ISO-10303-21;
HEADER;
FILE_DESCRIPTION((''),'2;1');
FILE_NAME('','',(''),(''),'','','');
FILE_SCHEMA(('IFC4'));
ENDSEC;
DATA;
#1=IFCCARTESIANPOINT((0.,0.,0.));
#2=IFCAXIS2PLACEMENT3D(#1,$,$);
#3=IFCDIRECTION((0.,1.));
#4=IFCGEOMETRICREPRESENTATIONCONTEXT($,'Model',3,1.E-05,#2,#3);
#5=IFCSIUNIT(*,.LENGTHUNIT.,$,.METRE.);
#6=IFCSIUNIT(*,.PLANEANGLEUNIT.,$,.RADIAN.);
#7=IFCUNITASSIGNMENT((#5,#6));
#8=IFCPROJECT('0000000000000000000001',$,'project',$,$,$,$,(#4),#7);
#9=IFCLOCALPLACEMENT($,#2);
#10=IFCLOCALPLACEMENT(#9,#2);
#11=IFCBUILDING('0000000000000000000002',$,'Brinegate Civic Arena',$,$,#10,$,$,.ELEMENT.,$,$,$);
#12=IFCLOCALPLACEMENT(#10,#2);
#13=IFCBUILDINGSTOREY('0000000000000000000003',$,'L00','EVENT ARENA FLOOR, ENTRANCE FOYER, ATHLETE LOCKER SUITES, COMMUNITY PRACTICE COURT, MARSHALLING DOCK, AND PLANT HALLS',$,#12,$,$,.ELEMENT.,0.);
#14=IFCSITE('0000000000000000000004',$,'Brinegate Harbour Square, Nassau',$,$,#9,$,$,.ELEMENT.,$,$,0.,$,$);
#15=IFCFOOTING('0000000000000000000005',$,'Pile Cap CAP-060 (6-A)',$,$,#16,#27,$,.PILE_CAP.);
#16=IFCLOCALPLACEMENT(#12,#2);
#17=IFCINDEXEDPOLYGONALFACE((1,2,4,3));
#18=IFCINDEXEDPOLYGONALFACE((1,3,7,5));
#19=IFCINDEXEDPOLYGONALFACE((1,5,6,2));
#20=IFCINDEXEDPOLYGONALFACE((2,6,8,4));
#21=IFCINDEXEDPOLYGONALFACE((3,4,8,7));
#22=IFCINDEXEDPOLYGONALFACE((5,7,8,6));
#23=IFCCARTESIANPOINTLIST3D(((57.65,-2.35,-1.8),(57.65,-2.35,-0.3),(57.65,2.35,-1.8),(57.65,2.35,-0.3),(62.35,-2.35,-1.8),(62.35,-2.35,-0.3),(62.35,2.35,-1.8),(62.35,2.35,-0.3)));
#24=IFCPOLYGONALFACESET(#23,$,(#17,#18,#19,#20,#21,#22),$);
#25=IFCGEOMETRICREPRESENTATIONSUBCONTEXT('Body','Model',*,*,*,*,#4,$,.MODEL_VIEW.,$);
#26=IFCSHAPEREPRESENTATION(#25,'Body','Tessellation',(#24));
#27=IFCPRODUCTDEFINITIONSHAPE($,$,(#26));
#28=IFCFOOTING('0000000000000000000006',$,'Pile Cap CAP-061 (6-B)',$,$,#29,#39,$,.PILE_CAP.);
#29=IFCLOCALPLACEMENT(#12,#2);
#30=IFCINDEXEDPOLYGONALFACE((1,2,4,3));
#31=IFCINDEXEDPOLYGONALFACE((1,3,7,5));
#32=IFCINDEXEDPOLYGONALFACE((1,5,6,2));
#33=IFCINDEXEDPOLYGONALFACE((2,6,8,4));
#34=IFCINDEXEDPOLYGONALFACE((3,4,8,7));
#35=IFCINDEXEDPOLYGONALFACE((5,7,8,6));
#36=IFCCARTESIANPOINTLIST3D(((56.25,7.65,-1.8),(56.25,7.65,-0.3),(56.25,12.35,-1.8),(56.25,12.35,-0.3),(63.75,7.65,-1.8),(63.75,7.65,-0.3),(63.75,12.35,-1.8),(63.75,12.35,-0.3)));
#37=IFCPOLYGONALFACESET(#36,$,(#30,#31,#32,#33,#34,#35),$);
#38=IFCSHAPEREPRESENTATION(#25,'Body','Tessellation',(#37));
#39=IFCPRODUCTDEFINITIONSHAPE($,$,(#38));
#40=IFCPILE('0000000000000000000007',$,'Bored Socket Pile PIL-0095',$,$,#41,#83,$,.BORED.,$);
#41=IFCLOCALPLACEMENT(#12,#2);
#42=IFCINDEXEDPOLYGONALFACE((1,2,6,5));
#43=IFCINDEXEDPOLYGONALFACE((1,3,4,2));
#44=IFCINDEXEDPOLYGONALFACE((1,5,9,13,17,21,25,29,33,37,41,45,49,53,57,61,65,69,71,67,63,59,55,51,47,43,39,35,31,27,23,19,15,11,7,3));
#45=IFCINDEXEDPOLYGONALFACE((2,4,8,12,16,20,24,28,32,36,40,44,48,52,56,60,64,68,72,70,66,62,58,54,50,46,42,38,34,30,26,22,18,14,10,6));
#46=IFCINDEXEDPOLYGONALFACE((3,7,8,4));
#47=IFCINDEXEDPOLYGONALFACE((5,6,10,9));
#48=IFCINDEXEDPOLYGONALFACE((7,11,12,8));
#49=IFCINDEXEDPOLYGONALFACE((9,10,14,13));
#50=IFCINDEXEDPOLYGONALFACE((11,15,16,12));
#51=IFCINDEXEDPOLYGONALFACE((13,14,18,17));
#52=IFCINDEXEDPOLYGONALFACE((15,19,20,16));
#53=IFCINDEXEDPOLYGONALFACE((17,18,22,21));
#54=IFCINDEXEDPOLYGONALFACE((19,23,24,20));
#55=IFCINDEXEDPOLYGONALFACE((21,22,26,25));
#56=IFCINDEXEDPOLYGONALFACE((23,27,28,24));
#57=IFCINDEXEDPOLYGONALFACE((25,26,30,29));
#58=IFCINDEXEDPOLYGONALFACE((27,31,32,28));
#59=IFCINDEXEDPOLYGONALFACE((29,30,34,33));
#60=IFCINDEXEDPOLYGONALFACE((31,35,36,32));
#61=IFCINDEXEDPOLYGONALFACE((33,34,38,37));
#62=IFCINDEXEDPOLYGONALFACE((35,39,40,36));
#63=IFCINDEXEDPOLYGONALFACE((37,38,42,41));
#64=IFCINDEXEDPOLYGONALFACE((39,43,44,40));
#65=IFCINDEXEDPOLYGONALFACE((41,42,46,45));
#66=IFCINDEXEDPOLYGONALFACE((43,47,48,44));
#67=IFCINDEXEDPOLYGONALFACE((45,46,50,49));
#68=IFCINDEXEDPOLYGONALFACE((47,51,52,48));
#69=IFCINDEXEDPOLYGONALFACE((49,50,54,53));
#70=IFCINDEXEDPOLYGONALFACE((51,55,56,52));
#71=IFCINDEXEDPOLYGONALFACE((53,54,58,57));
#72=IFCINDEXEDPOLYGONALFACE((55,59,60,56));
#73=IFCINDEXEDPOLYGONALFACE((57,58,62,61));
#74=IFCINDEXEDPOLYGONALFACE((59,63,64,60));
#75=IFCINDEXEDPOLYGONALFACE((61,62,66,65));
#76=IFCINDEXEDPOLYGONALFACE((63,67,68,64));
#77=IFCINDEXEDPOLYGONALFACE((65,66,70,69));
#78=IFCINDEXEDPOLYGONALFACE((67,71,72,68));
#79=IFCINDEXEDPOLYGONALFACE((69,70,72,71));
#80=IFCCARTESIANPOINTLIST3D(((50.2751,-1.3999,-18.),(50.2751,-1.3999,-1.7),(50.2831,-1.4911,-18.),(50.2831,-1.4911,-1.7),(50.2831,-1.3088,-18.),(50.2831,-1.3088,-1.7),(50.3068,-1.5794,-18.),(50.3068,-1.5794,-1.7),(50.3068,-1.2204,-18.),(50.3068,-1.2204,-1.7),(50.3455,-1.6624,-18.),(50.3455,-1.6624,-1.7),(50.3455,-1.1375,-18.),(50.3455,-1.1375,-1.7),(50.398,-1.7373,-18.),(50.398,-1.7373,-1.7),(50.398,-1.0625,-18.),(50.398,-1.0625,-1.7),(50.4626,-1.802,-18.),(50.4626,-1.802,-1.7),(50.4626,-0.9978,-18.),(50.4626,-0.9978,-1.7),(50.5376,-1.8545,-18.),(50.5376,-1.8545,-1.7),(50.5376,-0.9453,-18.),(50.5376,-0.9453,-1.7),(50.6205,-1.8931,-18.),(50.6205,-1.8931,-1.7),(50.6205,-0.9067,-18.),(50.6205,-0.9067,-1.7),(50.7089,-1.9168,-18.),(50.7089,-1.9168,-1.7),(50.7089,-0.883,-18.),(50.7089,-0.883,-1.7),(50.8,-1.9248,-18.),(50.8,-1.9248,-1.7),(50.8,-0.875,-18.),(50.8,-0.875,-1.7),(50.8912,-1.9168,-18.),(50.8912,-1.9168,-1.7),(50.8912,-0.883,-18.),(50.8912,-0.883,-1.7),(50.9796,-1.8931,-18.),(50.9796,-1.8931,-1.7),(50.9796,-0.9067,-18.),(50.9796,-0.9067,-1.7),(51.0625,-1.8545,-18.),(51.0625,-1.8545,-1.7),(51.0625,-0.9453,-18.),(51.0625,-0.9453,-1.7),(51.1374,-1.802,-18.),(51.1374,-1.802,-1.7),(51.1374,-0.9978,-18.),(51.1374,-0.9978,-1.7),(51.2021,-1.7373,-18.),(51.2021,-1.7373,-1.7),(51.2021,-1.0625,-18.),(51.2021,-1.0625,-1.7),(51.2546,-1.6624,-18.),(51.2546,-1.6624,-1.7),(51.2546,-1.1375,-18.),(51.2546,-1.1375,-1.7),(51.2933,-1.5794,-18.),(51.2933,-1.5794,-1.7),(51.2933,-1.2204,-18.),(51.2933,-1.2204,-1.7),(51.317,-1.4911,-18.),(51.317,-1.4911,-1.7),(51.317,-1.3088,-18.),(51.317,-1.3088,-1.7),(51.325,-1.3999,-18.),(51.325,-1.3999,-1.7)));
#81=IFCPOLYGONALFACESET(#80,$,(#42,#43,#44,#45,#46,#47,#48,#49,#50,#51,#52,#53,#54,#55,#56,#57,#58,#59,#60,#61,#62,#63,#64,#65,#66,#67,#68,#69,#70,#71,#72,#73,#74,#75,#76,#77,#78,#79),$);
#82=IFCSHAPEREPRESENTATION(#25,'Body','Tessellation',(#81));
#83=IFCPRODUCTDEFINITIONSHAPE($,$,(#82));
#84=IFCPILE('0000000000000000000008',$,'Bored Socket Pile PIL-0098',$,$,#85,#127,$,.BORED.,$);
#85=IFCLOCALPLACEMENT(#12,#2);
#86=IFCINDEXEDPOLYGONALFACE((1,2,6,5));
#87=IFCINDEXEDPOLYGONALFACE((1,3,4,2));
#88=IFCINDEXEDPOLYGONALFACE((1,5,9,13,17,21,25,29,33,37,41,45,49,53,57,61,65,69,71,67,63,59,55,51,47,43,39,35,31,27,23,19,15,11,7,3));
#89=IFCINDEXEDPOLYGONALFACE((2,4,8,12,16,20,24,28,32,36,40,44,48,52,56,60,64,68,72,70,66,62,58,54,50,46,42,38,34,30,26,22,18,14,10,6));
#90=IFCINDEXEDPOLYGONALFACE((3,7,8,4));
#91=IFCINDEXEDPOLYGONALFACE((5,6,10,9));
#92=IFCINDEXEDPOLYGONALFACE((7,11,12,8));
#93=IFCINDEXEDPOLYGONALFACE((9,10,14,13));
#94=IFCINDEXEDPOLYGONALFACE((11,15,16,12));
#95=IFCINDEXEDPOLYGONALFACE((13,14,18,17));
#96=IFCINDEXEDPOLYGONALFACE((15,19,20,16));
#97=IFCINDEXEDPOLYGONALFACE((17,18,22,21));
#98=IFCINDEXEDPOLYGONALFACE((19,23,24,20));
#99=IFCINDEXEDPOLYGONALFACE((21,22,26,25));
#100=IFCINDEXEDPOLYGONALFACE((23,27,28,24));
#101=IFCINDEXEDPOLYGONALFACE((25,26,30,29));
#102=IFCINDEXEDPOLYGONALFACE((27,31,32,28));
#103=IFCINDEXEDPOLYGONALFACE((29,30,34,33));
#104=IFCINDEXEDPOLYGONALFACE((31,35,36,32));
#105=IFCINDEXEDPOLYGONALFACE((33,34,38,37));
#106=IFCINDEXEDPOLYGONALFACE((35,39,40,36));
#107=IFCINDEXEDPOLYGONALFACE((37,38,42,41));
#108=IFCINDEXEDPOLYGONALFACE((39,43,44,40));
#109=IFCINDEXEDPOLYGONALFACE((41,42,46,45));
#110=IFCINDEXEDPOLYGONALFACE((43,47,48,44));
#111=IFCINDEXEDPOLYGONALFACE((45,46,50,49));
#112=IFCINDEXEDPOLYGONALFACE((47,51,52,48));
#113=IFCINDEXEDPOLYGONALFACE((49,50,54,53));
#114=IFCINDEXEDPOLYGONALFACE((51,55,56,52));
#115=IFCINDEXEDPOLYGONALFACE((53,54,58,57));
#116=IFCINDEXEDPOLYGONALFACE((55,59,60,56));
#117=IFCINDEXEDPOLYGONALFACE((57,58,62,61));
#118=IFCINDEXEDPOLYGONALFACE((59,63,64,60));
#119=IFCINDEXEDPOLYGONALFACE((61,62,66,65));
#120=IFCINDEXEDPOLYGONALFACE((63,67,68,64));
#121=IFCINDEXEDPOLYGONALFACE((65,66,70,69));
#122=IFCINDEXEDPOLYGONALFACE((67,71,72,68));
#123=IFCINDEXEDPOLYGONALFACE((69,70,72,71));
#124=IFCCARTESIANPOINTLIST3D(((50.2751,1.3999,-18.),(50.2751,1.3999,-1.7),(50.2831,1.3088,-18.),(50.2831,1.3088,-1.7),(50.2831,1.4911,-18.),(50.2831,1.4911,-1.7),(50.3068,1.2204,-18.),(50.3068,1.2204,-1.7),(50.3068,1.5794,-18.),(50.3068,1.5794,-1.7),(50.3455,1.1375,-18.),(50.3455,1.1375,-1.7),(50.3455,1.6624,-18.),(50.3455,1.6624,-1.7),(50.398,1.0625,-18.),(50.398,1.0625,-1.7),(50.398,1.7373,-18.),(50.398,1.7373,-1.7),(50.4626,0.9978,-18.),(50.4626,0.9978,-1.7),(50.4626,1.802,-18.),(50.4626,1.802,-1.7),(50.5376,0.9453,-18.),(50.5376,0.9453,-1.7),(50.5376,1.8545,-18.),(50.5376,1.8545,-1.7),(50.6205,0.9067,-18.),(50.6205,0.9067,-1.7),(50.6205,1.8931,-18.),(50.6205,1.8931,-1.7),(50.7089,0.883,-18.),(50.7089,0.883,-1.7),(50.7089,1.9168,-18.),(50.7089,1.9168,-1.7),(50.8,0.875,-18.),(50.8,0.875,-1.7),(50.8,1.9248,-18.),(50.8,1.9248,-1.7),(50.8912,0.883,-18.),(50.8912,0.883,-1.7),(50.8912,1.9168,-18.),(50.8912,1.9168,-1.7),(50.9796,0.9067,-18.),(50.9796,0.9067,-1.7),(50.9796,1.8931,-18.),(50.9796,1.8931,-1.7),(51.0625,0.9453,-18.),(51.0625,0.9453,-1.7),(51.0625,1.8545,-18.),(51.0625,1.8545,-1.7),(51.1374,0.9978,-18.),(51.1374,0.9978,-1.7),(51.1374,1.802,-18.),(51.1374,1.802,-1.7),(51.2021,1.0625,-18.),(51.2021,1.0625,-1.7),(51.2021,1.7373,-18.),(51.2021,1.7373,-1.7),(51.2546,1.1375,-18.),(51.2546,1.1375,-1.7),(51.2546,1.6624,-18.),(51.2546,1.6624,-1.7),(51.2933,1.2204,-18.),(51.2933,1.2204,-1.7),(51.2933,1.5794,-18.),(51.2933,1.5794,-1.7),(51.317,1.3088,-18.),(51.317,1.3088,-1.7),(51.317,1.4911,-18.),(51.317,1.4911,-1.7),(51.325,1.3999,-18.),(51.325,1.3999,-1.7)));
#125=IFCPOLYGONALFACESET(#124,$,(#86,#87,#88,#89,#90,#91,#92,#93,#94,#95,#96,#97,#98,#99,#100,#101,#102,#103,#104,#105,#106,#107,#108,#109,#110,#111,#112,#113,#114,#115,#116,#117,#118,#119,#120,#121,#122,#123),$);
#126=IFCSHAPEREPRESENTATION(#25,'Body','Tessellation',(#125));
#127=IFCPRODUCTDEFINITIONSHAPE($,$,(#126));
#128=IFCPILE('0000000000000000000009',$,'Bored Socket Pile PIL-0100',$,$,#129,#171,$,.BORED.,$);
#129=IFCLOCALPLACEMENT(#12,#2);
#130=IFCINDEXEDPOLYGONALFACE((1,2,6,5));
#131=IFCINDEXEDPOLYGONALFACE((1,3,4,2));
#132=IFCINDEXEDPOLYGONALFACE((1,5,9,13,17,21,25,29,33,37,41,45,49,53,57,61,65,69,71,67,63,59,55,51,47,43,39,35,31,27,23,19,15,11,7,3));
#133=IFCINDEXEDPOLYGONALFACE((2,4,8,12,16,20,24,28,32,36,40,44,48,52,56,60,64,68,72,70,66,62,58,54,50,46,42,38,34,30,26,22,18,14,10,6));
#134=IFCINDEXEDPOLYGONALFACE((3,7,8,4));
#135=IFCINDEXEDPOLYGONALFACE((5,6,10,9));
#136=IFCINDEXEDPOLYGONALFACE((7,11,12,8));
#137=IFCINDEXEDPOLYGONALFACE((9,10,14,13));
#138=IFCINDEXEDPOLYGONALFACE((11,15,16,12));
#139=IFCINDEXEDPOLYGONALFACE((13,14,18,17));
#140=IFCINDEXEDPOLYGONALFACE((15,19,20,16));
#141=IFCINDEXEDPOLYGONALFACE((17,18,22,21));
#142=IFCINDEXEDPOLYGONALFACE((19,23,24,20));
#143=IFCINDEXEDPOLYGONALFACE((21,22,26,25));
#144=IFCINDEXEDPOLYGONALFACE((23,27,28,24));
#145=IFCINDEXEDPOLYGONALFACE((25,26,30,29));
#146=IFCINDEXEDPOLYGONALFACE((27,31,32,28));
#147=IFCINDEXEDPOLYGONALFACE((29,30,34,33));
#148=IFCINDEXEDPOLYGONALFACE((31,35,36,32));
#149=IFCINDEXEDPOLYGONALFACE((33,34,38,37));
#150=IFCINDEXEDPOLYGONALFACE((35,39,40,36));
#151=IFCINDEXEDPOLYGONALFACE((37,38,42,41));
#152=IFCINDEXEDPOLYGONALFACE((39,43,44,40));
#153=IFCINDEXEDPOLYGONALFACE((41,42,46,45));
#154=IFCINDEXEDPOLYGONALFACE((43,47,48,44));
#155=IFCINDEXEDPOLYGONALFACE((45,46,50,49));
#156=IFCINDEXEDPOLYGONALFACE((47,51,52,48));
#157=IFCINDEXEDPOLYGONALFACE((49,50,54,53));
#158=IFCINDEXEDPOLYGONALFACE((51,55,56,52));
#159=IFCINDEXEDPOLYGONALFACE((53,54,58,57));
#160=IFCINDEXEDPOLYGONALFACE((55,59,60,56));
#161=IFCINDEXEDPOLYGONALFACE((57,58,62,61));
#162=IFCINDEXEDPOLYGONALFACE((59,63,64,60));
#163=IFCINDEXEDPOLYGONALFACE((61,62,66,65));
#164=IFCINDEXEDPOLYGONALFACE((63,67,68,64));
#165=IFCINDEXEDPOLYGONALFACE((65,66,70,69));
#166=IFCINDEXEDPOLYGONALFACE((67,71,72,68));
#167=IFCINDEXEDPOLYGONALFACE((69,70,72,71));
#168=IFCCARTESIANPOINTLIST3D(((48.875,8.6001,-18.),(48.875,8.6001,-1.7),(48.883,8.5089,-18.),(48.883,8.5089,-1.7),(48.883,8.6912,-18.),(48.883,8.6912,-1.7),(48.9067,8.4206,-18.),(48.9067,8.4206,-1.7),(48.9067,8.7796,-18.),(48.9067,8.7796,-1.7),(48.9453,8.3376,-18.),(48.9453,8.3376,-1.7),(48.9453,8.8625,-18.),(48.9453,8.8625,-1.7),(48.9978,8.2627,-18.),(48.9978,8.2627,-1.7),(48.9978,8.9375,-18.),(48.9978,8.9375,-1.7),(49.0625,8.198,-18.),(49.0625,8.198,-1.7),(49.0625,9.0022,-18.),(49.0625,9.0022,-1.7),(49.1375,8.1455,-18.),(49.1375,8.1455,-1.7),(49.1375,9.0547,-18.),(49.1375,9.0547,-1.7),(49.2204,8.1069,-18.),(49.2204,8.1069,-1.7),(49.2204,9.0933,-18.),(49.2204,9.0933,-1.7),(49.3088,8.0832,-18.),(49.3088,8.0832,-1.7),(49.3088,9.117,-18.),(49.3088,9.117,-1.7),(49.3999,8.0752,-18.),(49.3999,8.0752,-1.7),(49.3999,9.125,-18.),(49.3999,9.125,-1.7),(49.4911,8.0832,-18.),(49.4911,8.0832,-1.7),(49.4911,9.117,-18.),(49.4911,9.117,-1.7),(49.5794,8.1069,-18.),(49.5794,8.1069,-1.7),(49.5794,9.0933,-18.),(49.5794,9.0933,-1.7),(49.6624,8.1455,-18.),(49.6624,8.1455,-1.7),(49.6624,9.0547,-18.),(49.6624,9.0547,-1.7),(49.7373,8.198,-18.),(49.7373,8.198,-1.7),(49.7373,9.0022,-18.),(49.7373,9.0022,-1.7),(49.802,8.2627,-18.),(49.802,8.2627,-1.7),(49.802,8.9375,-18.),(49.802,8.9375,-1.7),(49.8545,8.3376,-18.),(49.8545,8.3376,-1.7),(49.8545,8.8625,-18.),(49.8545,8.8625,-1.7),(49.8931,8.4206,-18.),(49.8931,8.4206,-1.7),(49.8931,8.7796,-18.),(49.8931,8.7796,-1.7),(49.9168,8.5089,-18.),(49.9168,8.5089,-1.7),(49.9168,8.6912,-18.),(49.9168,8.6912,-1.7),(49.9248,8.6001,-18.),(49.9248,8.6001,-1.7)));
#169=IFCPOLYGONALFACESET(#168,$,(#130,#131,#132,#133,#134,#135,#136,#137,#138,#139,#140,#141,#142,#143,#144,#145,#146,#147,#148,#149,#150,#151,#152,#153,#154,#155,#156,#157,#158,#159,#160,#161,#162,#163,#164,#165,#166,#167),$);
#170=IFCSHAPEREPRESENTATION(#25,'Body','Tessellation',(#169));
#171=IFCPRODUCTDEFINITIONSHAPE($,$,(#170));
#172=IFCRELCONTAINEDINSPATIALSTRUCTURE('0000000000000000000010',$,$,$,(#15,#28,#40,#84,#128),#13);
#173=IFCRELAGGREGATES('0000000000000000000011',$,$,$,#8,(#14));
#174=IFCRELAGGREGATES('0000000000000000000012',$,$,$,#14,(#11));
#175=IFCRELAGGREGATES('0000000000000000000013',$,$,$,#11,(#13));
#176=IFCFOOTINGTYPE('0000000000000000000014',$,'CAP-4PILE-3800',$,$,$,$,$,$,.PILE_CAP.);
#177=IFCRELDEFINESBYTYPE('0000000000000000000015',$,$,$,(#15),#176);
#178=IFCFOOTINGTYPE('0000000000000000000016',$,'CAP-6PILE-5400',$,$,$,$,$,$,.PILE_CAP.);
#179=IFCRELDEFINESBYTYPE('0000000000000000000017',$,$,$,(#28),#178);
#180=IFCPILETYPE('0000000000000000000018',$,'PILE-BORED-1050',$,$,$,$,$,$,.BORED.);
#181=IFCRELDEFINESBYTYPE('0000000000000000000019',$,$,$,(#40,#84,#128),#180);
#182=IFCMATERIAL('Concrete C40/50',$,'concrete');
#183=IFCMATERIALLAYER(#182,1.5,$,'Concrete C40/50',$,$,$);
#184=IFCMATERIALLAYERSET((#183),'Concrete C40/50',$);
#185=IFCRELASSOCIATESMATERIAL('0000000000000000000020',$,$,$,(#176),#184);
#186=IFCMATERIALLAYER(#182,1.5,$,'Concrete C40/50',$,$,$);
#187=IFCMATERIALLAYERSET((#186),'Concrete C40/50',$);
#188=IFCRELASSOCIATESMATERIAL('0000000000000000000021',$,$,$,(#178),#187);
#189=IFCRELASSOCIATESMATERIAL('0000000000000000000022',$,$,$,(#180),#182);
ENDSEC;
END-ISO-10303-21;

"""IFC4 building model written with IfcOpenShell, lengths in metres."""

from ifc_helpers import new_model, si_unit, direction, frame, origin, origin_2d, place, context, subcontext, project, spatial, rectangle, circle, extrude, material, layer, layer_set, material_profile, profile_set, type_object, element, save


model = new_model("IFC4")

# Units and contexts
model_context = context("Model", 3, precision=1e-05, world=origin(), true_north=direction((0.0, 1.0)))
body_context = subcontext(model_context, "Body", "Model", "MODEL_VIEW")
ifc_project = project(units=[si_unit("LENGTHUNIT", "METRE"), si_unit("PLANEANGLEUNIT", "RADIAN")], contexts=[model_context])

# Site, building, storey
site_placement = place(None, origin())
site = spatial("IfcSite", under=ifc_project, at=site_placement, Name="Brinegate Harbour Square, Nassau", CompositionType="ELEMENT", RefElevation=0.0)
building_placement = place(site_placement, origin())
building = spatial("IfcBuilding", under=site, at=building_placement, Name="Brinegate Civic Arena", CompositionType="ELEMENT")
storey_placement = place(building_placement, origin())
storey = spatial("IfcBuildingStorey", under=building, at=storey_placement, Name="L00", Description="EVENT ARENA FLOOR, ENTRANCE FOYER, ATHLETE LOCKER SUITES, COMMUNITY PRACTICE COURT, MARSHALLING DOCK, AND PLANT HALLS", CompositionType="ELEMENT", Elevation=0.0)

# Footings
ifc_material_1 = material(Name="Concrete C40/50", Category="concrete")
ifc_layer_1 = layer(ifc_material_1, 1.5, Name="Concrete C40/50")
ifc_layer_set_1 = layer_set([ifc_layer_1], Name="Concrete C40/50")
footing_type_1 = type_object("IfcFootingType", Name="CAP-4PILE-3800", PredefinedType="PILE_CAP", material=ifc_layer_set_1)
footing_1_placement = place(storey_placement, frame((60.0, 0.0, -1.8), z_axis=(0.0, 0.0, 1.0), x_axis=(1.0, 0.0, 0.0)))
element("IfcFooting", 1, at=footing_1_placement, inside=storey, type_object=footing_type_1, Name="Pile Cap CAP-060 (6-A)", PredefinedType="PILE_CAP", context=body_context, shape_type="SweptSolid", body=[
    extrude(rectangle(XDim=4.7, YDim=4.7, at=origin_2d()), origin(), (0.0, 0.0, 1.0), 1.5),
])
ifc_layer_2 = layer(ifc_material_1, 1.5, Name="Concrete C40/50")
ifc_layer_set_2 = layer_set([ifc_layer_2], Name="Concrete C40/50")
footing_type_2 = type_object("IfcFootingType", Name="CAP-6PILE-5400", PredefinedType="PILE_CAP", material=ifc_layer_set_2)
footing_2_placement = place(storey_placement, frame((60.0, 10.0, -1.8), z_axis=(0.0, 0.0, 1.0), x_axis=(1.0, 0.0, 0.0)))
element("IfcFooting", 2, at=footing_2_placement, inside=storey, type_object=footing_type_2, Name="Pile Cap CAP-061 (6-B)", PredefinedType="PILE_CAP", context=body_context, shape_type="SweptSolid", body=[
    extrude(rectangle(XDim=7.5, YDim=4.7, at=origin_2d()), origin(), (0.0, 0.0, 1.0), 1.5),
])

# Piles
ifc_material_profile_1 = material_profile(ifc_material_1, circle(Radius=0.5249, at=origin_2d()), Name="PILED1050")
ifc_profile_set_1 = profile_set([ifc_material_profile_1], Name="Concrete C40/50")
pile_type = type_object("IfcPileType", Name="PILE-BORED-1050", PredefinedType="BORED", material=ifc_profile_set_1)
for number, where, z_axis, x_axis, name in (
    (3, (50.8, -1.3999, -1.7), (0.0, 0.0, -1.0), (1.0, 0.0, 0.0), "Bored Socket Pile PIL-0095"),
    (4, (50.8, 1.3999, -1.7), (0.0, 0.0, -1.0), (1.0, 0.0, 0.0), "Bored Socket Pile PIL-0098"),
    (5, (49.3999, 8.6001, -1.7), (0.0, 0.0, -1.0), (1.0, 0.0, 0.0), "Bored Socket Pile PIL-0100"),
):
    element("IfcPile", number, at=place(storey_placement, frame(where, z_axis=z_axis, x_axis=x_axis)), inside=storey, type_object=pile_type, Name=name, PredefinedType="BORED", context=body_context, shape_type="SweptSolid", body=[
        extrude(circle(Radius=0.5249, at=origin_2d()), origin(), (0.0, 0.0, 1.0), 16.3),
    ])

save(model, "model.ifc")
